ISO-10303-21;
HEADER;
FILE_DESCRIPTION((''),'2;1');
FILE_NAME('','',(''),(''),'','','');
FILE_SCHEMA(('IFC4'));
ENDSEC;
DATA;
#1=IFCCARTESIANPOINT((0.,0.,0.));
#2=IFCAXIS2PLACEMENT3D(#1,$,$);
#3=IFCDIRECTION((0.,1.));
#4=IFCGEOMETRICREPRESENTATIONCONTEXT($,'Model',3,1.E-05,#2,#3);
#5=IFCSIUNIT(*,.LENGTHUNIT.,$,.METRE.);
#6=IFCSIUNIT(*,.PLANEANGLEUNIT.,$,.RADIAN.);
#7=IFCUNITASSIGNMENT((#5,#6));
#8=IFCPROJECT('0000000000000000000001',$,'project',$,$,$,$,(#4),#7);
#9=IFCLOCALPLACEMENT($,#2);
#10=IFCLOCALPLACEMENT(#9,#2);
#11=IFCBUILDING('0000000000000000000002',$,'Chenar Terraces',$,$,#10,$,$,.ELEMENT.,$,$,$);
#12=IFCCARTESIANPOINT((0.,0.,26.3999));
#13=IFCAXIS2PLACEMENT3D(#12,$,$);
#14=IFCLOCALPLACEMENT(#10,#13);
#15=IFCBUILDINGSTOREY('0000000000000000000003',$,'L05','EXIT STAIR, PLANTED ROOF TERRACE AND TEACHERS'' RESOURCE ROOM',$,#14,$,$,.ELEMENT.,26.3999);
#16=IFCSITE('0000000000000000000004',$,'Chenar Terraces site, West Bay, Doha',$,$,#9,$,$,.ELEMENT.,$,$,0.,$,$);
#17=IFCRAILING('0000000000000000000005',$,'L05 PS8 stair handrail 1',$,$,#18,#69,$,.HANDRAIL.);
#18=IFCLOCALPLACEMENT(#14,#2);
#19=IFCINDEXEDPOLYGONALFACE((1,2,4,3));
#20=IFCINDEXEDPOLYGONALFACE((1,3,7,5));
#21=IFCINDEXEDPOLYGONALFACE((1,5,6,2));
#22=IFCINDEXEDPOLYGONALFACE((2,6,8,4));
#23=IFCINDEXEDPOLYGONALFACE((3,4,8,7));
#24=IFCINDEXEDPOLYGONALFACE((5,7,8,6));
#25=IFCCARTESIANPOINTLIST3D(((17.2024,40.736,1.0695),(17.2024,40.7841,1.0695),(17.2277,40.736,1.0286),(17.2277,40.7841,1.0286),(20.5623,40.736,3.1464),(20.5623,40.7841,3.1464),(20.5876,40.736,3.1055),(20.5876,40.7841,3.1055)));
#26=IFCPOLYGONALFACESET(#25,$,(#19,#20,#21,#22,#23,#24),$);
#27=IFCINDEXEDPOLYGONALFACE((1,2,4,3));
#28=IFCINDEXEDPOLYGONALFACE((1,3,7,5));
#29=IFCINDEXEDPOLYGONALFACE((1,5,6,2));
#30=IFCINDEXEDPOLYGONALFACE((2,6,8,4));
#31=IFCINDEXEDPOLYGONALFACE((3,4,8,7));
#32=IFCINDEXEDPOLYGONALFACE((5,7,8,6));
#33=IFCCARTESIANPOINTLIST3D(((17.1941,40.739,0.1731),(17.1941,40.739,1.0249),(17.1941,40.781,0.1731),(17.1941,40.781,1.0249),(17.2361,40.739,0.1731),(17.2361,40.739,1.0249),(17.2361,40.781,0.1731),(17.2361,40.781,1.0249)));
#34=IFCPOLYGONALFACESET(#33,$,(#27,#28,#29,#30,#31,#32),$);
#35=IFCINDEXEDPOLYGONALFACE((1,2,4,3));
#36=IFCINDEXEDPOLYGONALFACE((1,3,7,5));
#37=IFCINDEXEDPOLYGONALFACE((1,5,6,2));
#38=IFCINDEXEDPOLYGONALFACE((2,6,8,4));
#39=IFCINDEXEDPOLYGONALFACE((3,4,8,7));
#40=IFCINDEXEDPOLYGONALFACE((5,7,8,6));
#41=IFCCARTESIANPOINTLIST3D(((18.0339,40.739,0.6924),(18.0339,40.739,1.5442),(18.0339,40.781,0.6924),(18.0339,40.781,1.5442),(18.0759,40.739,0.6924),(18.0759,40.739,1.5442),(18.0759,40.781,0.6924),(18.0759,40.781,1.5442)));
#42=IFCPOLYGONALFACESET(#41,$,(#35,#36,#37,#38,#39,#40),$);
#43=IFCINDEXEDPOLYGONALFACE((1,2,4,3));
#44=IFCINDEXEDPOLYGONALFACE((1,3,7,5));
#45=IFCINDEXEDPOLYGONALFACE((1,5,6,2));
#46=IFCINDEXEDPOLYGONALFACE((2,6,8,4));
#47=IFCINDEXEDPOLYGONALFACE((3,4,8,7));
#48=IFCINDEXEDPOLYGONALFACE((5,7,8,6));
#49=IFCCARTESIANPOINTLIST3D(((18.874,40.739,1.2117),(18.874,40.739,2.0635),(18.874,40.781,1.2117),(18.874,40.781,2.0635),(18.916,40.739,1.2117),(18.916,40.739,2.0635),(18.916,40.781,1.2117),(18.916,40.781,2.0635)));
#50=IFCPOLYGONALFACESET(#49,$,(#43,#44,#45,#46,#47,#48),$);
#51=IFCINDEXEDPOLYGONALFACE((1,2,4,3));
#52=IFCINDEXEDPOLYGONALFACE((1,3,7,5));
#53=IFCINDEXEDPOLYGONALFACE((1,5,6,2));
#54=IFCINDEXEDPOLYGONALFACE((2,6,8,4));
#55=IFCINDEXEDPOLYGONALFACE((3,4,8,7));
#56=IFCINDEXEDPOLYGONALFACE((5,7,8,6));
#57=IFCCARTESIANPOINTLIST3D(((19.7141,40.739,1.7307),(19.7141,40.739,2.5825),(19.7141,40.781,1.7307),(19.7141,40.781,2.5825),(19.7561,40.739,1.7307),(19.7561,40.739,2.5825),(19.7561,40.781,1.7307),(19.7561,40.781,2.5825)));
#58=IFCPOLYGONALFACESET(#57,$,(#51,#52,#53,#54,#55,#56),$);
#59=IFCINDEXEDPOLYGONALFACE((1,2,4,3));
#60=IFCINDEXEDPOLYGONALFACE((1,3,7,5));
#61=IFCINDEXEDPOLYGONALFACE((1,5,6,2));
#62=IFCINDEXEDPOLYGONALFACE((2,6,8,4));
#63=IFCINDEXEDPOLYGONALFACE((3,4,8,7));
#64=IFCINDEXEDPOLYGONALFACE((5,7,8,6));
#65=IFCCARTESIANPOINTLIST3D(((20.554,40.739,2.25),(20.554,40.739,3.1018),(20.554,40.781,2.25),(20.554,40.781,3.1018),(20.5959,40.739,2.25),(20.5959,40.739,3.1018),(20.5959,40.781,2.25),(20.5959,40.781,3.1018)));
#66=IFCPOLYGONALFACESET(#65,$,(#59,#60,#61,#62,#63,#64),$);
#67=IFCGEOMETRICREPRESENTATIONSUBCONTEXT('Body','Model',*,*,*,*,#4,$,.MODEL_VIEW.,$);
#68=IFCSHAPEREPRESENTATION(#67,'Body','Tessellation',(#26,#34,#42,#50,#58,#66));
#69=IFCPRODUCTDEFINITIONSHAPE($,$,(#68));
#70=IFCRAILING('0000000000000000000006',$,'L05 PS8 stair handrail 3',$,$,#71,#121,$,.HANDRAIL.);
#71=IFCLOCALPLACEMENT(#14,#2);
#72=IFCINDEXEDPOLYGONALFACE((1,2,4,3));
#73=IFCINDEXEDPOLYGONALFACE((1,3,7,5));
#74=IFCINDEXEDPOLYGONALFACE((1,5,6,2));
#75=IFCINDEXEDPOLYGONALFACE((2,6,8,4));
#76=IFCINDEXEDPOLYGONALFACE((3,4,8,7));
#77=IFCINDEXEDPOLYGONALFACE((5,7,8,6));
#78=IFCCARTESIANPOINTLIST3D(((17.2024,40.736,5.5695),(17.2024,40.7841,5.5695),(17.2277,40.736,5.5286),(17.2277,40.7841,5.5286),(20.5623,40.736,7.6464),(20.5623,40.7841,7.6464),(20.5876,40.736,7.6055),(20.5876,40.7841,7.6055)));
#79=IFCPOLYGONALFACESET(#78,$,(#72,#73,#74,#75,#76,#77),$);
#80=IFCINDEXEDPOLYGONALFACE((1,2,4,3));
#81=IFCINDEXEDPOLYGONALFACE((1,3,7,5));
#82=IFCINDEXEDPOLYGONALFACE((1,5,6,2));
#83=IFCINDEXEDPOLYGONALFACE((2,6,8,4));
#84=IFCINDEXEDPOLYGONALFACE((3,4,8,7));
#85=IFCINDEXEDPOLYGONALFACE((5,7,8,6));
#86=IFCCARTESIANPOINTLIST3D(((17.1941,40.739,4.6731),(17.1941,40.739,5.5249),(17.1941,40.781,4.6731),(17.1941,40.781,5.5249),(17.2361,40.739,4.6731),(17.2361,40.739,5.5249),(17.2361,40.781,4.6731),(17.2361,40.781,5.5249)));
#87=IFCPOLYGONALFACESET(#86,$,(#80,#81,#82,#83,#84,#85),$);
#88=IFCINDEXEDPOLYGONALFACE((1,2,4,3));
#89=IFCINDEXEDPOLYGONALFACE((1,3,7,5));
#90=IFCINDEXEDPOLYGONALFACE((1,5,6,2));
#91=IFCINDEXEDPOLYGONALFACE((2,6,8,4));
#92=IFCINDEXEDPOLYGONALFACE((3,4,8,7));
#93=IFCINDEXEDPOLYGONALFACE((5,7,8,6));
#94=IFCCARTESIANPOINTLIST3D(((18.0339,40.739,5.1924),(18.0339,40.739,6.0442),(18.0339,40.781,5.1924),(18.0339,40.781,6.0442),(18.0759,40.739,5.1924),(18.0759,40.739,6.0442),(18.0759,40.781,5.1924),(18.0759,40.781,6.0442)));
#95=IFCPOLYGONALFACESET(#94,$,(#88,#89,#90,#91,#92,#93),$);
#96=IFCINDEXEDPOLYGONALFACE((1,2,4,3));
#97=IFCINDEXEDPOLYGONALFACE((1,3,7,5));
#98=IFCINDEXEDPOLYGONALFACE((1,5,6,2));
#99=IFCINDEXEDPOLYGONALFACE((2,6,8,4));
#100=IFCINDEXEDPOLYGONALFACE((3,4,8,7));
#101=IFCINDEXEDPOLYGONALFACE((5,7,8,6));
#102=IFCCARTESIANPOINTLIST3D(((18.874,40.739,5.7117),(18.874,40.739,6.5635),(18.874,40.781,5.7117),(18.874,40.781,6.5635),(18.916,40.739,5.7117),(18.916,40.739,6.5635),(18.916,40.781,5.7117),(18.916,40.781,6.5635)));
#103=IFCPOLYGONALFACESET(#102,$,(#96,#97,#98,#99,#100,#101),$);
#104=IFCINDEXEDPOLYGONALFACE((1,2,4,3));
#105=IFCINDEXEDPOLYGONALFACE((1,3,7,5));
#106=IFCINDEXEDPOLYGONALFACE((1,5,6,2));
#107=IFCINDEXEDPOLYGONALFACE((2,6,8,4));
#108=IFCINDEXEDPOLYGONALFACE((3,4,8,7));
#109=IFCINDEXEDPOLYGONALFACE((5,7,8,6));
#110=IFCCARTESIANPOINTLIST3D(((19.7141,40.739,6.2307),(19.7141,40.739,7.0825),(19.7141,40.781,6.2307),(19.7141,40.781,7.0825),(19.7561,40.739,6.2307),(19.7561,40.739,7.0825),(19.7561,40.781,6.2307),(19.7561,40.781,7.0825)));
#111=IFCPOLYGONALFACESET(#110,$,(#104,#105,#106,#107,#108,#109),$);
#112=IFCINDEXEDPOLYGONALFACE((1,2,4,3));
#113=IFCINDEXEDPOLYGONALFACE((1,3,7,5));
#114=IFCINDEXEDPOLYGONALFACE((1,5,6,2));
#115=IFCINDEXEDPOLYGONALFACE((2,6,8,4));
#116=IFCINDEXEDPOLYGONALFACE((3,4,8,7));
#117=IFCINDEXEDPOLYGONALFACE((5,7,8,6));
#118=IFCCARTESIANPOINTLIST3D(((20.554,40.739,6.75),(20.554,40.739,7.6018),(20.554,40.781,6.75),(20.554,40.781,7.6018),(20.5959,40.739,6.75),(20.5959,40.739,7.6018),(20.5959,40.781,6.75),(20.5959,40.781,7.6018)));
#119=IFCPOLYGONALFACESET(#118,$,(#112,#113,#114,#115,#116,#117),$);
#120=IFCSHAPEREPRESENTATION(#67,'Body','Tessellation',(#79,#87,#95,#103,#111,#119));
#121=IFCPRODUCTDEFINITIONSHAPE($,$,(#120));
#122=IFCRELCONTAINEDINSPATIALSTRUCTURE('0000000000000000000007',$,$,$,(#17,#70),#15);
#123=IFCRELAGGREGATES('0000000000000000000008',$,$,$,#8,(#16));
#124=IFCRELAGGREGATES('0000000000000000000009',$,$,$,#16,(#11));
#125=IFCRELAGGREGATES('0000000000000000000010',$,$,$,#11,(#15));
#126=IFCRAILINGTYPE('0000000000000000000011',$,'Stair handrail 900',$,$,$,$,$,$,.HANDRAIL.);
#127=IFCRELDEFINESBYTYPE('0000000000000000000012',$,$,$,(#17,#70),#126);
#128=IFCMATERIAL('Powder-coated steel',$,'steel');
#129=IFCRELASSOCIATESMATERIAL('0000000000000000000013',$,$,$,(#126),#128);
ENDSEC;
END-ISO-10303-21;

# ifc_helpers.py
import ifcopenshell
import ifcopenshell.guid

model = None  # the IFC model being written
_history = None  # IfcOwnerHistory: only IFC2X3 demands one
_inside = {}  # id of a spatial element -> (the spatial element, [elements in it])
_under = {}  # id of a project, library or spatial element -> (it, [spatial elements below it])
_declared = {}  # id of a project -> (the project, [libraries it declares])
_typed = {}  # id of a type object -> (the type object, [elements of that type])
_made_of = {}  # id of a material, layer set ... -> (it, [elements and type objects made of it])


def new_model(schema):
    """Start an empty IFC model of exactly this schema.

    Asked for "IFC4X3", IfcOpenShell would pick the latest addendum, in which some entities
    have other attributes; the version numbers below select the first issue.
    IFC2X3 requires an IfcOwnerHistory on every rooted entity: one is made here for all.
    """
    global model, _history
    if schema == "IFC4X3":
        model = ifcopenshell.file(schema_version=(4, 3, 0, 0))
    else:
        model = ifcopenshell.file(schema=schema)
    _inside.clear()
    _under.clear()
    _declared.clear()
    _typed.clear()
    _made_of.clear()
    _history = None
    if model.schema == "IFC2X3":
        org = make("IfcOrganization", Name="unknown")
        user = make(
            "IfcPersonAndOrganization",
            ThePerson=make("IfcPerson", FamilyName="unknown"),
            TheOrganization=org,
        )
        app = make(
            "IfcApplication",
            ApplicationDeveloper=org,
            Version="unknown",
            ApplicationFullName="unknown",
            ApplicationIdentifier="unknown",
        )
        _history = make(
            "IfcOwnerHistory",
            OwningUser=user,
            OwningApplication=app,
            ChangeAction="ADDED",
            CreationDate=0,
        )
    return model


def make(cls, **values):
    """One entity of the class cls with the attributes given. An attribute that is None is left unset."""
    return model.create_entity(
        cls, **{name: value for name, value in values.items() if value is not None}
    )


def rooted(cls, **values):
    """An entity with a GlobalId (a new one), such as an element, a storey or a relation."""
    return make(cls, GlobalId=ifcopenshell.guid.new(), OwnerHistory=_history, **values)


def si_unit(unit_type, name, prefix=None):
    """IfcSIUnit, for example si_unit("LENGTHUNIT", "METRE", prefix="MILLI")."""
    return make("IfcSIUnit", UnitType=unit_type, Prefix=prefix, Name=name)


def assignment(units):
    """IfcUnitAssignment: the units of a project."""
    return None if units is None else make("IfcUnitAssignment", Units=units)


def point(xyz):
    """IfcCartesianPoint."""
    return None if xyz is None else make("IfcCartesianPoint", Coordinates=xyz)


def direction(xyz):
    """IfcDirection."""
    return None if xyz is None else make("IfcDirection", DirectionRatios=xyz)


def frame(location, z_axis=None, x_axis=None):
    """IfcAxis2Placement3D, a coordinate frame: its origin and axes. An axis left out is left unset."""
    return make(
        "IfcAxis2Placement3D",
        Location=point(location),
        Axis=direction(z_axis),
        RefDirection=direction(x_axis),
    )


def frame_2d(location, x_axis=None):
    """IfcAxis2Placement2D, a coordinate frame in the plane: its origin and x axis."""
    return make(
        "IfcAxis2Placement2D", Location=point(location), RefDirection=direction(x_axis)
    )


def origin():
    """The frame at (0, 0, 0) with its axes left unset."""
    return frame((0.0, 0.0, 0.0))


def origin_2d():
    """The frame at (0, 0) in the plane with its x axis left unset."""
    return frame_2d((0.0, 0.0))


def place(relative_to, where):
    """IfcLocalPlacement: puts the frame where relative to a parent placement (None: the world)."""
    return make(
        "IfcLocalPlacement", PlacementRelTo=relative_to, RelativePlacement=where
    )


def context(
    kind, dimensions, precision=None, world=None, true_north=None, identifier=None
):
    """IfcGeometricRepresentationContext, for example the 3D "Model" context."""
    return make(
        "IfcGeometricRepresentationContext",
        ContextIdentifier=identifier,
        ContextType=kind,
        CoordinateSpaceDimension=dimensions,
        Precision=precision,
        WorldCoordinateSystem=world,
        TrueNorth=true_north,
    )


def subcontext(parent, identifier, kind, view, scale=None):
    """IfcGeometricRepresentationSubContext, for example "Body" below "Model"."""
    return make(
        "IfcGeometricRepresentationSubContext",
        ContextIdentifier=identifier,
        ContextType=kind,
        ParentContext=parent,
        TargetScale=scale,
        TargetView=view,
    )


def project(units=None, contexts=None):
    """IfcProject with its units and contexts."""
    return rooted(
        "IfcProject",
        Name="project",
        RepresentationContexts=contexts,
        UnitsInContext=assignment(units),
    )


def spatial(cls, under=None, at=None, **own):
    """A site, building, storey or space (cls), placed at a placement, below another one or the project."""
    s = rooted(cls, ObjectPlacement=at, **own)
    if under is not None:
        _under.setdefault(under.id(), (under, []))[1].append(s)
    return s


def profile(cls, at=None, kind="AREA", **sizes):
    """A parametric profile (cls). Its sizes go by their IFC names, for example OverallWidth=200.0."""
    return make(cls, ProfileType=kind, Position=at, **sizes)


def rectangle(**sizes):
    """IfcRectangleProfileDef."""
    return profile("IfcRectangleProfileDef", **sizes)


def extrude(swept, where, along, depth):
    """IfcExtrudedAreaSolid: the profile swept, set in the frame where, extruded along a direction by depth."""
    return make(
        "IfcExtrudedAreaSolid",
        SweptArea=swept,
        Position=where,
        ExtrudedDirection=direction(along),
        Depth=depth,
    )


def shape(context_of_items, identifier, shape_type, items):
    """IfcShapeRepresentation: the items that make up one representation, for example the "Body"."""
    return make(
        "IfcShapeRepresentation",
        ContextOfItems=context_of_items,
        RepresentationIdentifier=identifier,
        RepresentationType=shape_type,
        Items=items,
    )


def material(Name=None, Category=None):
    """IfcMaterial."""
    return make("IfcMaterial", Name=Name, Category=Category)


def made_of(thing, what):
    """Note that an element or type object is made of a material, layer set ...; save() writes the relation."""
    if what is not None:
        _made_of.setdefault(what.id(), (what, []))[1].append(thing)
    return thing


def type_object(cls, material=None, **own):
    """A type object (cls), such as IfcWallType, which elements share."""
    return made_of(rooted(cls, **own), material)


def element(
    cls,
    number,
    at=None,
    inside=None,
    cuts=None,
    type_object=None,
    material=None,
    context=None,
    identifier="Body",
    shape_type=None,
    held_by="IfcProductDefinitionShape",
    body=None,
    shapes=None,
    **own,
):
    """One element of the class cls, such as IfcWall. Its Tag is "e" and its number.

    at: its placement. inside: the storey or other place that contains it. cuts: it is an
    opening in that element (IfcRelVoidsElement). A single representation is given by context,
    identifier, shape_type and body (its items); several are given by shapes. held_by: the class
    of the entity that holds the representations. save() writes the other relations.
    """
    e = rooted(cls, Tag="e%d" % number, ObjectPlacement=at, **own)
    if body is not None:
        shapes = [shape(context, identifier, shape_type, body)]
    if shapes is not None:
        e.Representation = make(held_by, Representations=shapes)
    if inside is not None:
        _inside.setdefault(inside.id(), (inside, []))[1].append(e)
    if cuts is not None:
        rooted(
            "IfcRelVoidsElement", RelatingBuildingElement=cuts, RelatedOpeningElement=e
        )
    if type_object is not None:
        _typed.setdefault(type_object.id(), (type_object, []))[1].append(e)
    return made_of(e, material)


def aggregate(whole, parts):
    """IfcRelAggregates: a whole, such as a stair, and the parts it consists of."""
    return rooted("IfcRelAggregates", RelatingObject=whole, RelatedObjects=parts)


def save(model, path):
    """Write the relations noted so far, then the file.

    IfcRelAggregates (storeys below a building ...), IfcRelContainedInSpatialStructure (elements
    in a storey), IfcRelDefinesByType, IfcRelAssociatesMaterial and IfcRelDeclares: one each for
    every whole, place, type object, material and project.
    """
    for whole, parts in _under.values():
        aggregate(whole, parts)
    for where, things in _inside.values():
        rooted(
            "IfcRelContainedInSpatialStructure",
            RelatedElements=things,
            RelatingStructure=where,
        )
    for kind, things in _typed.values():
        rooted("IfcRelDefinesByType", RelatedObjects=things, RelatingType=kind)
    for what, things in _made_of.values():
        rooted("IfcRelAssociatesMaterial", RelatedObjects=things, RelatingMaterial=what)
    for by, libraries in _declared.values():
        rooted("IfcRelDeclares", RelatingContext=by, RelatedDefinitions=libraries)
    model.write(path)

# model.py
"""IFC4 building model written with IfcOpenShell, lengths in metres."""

from ifc_helpers import new_model, si_unit, direction, frame, origin, origin_2d, place, context, subcontext, project, spatial, rectangle, extrude, material, type_object, element, save


model = new_model("IFC4")

# Units and contexts
model_context = context("Model", 3, precision=1e-05, world=origin(), true_north=direction((0.0, 1.0)))
body_context = subcontext(model_context, "Body", "Model", "MODEL_VIEW")
ifc_project = project(units=[si_unit("LENGTHUNIT", "METRE"), si_unit("PLANEANGLEUNIT", "RADIAN")], contexts=[model_context])

# Site, building, storey
site_placement = place(None, origin())
site = spatial("IfcSite", under=ifc_project, at=site_placement, Name="Chenar Terraces site, West Bay, Doha", CompositionType="ELEMENT", RefElevation=0.0)
building_placement = place(site_placement, origin())
building = spatial("IfcBuilding", under=site, at=building_placement, Name="Chenar Terraces", CompositionType="ELEMENT")
storey_placement = place(building_placement, frame((0.0, 0.0, 26.3999)))
storey = spatial("IfcBuildingStorey", under=building, at=storey_placement, Name="L05", Description="EXIT STAIR, PLANTED ROOF TERRACE AND TEACHERS' RESOURCE ROOM", CompositionType="ELEMENT", Elevation=26.3999)

# Railings
ifc_material_1 = material(Name="Powder-coated steel", Category="steel")
railing_type_1 = type_object("IfcRailingType", Name="Stair handrail 900", PredefinedType="HANDRAIL", material=ifc_material_1)
for number, where, name in (
    (1, (17.2151, 40.76, 0.1731), "L05 PS8 stair handrail 1"),
    (2, (17.2151, 40.76, 4.6731), "L05 PS8 stair handrail 3"),
):
    element("IfcRailing", number, at=place(storey_placement, frame(where)), inside=storey, type_object=railing_type_1, Name=name, PredefinedType="HANDRAIL", context=body_context, shape_type="SweptSolid", body=[
        extrude(rectangle(XDim=0.0481, YDim=0.0481, at=origin_2d()), frame((0.0, 0.0, 0.876), z_axis=(0.850606, 0.0, 0.525803), x_axis=(0.0, 1.0, 0.0)), (0.0, 0.0, 1.0), 3.95),
        extrude(rectangle(XDim=0.042, YDim=0.042, at=origin_2d()), origin(), (0.0, 0.0, 1.0), 0.8518),
        extrude(rectangle(XDim=0.042, YDim=0.042, at=origin_2d()), frame((0.8398, 0.0, 0.5193)), (0.0, 0.0, 1.0), 0.8518),
        extrude(rectangle(XDim=0.042, YDim=0.042, at=origin_2d()), frame((1.6799, 0.0, 1.0386)), (0.0, 0.0, 1.0), 0.8518),
        extrude(rectangle(XDim=0.042, YDim=0.042, at=origin_2d()), frame((2.52, 0.0, 1.5576)), (0.0, 0.0, 1.0), 0.8518),
        extrude(rectangle(XDim=0.042, YDim=0.042, at=origin_2d()), frame((3.3599, 0.0, 2.0769)), (0.0, 0.0, 1.0), 0.8518),
    ])

save(model, "model.ifc")
